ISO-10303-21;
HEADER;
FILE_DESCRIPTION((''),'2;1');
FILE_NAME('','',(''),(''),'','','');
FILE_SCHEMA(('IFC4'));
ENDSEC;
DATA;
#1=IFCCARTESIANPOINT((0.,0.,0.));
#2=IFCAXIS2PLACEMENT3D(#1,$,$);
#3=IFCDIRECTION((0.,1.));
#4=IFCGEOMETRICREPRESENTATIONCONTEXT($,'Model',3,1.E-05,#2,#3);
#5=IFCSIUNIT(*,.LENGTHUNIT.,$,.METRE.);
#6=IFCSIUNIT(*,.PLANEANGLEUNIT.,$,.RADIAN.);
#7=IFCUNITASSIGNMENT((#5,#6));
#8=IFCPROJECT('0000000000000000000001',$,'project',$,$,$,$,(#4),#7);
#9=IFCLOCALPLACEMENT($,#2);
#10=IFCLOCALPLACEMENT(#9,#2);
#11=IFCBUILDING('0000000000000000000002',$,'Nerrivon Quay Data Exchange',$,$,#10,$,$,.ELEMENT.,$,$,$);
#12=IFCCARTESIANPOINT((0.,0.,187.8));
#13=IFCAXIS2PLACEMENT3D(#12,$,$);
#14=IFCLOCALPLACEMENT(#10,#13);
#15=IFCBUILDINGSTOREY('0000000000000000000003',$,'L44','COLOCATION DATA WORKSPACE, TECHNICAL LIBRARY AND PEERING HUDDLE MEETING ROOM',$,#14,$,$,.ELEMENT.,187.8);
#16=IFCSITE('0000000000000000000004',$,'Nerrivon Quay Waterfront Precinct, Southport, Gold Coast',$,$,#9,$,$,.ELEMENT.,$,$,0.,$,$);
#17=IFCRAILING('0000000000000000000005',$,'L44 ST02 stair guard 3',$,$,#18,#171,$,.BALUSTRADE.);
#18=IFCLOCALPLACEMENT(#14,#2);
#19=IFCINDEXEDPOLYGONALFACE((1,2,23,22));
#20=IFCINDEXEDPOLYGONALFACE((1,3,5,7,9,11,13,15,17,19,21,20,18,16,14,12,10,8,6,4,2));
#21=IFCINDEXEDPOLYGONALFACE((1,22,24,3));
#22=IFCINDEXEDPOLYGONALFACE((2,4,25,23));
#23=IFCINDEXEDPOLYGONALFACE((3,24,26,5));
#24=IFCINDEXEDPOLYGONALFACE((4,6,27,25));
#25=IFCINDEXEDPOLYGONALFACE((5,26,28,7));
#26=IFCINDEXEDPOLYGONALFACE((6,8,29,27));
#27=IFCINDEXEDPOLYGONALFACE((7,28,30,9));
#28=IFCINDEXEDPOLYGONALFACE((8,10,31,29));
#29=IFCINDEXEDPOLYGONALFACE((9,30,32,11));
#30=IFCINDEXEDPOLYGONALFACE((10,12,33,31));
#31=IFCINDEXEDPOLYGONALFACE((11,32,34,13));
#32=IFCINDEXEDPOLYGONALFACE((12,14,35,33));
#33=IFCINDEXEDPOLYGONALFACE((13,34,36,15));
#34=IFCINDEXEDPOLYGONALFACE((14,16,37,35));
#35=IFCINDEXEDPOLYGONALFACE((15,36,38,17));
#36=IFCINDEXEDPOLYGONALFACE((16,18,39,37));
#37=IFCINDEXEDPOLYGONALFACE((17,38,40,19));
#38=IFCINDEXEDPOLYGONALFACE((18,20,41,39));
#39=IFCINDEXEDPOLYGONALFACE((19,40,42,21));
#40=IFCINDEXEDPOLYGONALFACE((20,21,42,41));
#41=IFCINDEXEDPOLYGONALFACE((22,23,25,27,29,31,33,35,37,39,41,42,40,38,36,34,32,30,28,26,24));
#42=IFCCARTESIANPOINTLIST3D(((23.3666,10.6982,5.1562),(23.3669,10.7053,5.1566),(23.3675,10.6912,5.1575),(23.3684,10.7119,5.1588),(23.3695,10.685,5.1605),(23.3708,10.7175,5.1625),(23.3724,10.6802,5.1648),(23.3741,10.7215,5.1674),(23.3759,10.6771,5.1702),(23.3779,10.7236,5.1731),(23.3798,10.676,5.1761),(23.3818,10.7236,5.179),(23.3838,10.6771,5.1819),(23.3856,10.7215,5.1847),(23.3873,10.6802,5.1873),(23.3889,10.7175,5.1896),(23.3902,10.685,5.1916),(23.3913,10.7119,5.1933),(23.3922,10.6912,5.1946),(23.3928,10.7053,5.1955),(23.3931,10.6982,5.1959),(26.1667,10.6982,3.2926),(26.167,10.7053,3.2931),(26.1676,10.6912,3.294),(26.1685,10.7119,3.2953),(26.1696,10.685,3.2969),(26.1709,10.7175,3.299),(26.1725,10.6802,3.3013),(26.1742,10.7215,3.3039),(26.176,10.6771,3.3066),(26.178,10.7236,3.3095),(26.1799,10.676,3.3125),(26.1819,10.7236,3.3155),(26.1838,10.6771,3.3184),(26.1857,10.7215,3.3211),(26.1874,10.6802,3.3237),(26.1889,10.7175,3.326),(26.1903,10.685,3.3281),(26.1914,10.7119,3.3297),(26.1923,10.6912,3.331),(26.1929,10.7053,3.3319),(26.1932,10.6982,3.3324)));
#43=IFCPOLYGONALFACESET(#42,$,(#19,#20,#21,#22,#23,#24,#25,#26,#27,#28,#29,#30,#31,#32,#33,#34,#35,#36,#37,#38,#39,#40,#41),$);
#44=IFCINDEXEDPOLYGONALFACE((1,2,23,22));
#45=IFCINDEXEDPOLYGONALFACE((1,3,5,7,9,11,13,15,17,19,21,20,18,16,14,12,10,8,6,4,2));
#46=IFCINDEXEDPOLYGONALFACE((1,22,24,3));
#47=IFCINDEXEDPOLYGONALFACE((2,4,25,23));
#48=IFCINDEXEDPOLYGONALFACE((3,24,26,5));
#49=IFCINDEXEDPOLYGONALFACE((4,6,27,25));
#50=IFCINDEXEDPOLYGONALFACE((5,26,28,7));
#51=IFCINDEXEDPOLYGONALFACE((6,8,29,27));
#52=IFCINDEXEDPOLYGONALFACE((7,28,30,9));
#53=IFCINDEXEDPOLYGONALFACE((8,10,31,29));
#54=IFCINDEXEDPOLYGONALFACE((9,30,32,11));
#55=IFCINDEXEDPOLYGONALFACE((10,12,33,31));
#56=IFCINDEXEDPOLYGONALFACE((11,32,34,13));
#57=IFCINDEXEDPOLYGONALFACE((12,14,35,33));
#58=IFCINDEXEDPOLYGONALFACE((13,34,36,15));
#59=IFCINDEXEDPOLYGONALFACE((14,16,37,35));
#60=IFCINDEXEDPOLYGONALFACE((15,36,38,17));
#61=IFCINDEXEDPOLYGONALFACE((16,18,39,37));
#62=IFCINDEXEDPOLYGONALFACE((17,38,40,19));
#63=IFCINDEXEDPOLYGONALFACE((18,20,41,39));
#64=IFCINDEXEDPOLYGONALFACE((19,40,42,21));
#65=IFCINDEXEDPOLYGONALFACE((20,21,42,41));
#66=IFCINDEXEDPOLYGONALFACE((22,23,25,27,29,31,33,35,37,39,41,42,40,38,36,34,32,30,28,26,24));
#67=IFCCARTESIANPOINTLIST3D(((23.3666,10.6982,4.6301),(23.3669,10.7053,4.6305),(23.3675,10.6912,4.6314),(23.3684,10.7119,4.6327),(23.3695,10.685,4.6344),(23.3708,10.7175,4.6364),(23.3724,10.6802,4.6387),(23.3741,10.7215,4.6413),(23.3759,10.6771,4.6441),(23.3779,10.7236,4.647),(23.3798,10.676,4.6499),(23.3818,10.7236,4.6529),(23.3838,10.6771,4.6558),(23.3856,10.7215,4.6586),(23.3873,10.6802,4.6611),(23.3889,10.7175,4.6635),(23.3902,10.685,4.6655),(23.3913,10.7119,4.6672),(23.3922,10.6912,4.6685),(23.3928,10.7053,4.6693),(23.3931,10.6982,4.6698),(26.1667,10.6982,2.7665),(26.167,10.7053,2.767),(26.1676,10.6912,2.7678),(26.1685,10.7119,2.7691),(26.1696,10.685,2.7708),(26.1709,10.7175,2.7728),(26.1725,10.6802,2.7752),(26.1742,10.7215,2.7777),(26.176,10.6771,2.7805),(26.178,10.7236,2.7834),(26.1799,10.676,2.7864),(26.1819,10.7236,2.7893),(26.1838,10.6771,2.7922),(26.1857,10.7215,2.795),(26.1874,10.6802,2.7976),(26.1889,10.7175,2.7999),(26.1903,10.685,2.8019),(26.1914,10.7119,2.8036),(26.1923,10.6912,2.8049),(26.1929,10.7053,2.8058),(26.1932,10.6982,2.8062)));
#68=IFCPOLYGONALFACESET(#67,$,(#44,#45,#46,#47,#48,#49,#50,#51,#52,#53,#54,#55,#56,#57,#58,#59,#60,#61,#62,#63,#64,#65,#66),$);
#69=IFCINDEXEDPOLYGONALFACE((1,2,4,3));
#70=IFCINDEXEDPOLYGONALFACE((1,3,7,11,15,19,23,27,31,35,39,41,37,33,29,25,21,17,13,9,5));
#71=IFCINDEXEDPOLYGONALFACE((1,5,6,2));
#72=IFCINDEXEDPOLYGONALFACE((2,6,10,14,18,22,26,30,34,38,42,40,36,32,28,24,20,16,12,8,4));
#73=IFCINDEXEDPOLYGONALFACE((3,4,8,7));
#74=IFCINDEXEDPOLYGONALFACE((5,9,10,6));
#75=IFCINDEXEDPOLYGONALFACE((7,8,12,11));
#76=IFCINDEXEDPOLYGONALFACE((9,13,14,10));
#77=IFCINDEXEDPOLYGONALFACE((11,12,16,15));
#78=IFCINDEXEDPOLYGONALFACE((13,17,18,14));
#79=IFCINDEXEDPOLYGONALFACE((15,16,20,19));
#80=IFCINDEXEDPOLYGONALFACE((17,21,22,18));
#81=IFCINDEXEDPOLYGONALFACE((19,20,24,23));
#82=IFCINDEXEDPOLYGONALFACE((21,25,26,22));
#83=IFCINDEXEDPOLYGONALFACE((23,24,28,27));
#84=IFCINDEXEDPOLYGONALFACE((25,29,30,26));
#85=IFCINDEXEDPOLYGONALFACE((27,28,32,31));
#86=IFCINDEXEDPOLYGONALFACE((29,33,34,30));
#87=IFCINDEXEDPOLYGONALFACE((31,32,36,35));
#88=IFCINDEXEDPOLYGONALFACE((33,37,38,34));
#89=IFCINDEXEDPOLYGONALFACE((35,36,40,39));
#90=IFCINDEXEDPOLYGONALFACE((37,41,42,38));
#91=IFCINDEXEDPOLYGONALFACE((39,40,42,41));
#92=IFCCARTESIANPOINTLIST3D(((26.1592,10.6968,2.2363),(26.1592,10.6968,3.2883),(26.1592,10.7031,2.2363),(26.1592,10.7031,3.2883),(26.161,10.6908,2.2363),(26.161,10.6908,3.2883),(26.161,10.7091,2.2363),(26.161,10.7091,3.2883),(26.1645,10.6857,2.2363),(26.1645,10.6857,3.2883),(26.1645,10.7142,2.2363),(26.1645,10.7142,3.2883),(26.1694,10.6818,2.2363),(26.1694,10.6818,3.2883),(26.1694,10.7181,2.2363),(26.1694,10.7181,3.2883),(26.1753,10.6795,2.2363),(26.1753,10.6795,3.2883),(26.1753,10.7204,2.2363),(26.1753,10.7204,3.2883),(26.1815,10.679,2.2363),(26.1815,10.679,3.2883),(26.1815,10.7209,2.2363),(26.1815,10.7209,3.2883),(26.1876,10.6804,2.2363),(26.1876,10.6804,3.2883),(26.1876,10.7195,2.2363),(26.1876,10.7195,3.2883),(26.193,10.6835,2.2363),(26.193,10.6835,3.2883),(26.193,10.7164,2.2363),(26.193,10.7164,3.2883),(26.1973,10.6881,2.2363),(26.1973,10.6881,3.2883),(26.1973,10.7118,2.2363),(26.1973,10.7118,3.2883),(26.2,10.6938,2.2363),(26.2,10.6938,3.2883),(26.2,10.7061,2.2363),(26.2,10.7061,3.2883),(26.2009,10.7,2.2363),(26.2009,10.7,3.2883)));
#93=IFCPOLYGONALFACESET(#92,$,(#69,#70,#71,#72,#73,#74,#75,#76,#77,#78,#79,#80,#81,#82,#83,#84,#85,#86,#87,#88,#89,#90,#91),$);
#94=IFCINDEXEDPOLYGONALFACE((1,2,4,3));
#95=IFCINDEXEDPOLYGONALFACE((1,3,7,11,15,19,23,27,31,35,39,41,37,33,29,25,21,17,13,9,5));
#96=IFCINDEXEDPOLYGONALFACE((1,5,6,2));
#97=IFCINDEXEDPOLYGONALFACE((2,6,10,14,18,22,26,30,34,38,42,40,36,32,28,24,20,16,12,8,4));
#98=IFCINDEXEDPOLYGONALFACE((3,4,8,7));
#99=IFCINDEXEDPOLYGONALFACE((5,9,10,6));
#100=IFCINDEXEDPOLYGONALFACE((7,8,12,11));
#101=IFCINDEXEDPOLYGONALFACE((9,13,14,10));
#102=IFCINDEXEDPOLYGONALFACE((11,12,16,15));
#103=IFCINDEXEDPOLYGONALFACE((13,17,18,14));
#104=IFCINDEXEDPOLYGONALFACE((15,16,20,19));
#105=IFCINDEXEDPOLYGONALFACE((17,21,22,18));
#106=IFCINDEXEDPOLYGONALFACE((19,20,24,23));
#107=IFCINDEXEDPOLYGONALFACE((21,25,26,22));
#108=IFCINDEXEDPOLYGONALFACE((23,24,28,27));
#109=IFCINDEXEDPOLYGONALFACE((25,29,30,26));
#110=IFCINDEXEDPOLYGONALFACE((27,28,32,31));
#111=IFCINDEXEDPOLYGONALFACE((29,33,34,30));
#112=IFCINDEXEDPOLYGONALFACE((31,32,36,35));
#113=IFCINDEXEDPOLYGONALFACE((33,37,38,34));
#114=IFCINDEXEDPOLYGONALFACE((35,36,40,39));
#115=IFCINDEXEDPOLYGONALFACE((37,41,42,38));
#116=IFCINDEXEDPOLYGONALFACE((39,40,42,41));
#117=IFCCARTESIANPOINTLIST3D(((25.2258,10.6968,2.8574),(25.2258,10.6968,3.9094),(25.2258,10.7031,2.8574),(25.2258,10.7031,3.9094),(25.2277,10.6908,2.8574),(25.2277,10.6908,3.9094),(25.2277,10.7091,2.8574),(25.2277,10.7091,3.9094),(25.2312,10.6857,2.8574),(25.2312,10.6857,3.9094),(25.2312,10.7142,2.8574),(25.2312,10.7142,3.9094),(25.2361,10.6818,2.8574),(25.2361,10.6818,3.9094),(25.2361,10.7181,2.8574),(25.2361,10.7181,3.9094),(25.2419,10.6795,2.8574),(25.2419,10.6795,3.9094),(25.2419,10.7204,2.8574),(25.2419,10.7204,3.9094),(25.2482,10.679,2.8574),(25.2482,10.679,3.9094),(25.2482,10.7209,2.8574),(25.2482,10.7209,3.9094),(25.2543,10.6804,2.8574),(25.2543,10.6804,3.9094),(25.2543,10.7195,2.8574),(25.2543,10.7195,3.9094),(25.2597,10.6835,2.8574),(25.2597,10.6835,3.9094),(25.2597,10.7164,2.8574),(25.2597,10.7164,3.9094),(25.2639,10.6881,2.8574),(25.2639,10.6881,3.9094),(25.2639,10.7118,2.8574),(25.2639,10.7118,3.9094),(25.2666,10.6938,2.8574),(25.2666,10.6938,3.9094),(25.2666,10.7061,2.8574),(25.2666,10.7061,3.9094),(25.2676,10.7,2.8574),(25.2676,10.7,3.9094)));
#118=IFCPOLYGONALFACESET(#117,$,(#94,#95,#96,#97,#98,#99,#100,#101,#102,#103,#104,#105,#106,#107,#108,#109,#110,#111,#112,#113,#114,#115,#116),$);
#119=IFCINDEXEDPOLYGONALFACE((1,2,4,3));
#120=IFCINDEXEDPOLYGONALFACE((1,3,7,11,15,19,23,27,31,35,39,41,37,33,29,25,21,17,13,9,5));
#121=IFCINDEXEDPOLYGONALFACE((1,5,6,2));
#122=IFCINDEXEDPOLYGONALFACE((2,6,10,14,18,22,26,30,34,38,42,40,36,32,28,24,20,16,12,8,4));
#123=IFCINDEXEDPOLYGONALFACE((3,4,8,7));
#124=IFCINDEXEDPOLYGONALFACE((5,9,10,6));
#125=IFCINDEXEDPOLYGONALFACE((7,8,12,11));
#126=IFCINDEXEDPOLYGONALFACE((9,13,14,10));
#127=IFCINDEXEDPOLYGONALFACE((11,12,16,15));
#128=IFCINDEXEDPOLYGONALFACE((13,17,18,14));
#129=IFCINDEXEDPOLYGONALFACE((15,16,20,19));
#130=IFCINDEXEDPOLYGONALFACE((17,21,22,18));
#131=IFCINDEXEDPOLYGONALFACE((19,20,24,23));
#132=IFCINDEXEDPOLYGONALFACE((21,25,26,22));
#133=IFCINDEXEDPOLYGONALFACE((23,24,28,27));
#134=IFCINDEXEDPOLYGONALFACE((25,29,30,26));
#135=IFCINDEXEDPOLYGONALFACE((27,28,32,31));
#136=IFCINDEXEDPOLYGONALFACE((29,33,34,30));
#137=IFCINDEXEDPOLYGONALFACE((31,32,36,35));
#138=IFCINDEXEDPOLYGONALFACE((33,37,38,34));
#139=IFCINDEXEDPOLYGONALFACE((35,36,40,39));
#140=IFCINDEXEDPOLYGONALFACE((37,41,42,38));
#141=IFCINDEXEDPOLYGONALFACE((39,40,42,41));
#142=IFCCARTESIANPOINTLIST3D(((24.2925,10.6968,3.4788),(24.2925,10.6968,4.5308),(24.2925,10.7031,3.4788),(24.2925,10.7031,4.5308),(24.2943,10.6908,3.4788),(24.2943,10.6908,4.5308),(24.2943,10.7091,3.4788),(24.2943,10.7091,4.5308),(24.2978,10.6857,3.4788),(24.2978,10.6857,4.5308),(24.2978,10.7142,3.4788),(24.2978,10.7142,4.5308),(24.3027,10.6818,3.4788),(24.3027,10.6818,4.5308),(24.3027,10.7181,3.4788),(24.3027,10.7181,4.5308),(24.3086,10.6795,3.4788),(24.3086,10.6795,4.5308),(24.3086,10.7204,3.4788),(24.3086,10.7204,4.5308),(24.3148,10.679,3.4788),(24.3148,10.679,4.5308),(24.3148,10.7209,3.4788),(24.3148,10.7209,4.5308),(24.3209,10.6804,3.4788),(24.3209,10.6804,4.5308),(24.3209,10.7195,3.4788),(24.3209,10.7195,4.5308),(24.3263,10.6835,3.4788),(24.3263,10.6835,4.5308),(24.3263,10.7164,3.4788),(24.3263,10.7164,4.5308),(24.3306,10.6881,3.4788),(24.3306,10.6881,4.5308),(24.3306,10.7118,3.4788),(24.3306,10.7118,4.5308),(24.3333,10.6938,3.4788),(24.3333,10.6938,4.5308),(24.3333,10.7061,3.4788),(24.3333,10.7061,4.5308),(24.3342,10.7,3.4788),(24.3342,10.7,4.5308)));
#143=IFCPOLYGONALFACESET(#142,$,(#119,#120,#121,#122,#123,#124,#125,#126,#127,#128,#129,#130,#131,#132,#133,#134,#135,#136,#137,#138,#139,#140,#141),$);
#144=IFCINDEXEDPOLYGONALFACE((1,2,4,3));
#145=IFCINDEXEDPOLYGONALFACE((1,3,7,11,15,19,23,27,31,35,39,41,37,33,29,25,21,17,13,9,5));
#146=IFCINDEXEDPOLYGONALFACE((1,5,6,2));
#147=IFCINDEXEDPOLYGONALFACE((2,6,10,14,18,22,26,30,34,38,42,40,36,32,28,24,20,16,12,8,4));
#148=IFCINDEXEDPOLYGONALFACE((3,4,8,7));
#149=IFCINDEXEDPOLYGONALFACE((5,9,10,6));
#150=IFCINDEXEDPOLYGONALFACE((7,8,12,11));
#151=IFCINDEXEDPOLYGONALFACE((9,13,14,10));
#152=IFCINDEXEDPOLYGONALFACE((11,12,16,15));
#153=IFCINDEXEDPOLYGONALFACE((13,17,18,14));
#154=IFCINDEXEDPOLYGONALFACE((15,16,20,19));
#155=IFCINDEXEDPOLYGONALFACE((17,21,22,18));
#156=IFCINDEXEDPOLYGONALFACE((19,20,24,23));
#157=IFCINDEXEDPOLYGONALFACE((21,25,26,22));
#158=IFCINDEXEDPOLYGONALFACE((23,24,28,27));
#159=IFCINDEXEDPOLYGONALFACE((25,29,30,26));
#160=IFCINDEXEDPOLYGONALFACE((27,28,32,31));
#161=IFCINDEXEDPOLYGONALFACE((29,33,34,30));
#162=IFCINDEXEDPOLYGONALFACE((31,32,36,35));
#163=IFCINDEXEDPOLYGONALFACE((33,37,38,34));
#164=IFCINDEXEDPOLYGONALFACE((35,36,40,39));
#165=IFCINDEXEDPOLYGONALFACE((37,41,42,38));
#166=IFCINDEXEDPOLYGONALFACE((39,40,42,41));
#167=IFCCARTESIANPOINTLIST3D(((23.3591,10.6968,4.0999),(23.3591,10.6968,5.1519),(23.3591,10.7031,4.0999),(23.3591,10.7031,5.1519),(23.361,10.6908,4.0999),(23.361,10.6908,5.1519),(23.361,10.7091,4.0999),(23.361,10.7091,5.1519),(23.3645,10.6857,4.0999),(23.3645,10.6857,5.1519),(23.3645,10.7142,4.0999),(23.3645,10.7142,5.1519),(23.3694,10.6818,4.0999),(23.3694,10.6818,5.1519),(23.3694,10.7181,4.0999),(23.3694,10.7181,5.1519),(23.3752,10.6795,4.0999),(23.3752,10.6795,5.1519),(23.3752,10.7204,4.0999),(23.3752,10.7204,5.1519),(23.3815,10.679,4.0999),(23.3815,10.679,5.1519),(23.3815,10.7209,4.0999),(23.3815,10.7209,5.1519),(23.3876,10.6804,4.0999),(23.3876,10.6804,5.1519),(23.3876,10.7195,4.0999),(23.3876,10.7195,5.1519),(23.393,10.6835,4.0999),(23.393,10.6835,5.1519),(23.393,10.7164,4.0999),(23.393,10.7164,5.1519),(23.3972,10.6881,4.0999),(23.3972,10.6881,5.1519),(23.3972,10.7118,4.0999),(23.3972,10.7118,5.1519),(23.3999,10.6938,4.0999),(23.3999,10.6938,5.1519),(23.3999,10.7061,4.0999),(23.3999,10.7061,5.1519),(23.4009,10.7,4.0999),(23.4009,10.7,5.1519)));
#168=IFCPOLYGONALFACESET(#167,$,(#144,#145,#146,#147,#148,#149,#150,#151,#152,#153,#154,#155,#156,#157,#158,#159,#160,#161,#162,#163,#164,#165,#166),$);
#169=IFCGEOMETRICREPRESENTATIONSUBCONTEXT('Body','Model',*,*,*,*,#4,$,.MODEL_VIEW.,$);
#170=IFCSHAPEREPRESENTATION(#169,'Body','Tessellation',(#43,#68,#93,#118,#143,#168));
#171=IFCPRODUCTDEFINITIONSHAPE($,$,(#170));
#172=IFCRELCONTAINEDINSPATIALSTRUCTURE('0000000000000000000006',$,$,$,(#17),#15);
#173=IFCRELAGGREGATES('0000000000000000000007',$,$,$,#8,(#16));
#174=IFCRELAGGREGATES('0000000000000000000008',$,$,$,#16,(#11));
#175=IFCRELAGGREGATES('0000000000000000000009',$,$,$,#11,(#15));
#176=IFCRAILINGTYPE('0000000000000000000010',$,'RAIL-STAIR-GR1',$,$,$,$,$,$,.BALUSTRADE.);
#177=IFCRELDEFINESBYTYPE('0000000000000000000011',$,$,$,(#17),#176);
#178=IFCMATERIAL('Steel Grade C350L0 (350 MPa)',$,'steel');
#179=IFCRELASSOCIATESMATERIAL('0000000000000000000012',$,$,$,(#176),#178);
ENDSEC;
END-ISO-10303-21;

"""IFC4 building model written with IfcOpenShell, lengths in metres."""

from ifc_helpers import new_model, si_unit, direction, frame, origin, origin_2d, place, context, subcontext, project, spatial, circle, extrude, material, type_object, element, save


model = new_model("IFC4")

# Units and contexts
model_context = context("Model", 3, precision=1e-05, world=origin(), true_north=direction((0.0, 1.0)))
body_context = subcontext(model_context, "Body", "Model", "MODEL_VIEW")
ifc_project = project(units=[si_unit("LENGTHUNIT", "METRE"), si_unit("PLANEANGLEUNIT", "RADIAN")], contexts=[model_context])

# Site, building, storey
site_placement = place(None, origin())
site = spatial("IfcSite", under=ifc_project, at=site_placement, Name="Nerrivon Quay Waterfront Precinct, Southport, Gold Coast", CompositionType="ELEMENT", RefElevation=0.0)
building_placement = place(site_placement, origin())
building = spatial("IfcBuilding", under=site, at=building_placement, Name="Nerrivon Quay Data Exchange", CompositionType="ELEMENT")
storey_placement = place(building_placement, frame((0.0, 0.0, 187.8)))
storey = spatial("IfcBuildingStorey", under=building, at=storey_placement, Name="L44", Description="COLOCATION DATA WORKSPACE, TECHNICAL LIBRARY AND PEERING HUDDLE MEETING ROOM", CompositionType="ELEMENT", Elevation=187.8)

# Shared definitions
ifc_material_1 = material(Name="Steel Grade C350L0 (350 MPa)", Category="steel")

# Railing
railing_type_1 = type_object("IfcRailingType", Name="RAIL-STAIR-GR1", PredefinedType="BALUSTRADE", material=ifc_material_1)
railing_1_placement = place(storey_placement, frame((26.1799, 10.7, 2.2363)))
element("IfcRailing", 1, at=railing_1_placement, inside=storey, type_object=railing_type_1, Name="L44 ST02 stair guard 3", PredefinedType="BALUSTRADE", context=body_context, shape_type="SweptSolid", body=[
    extrude(circle(Radius=0.0239, at=origin_2d()), frame((0.0, 0.0, 1.0762), z_axis=(-0.832486, 0.0, 0.554047), x_axis=(0.0, -1.0, 0.0)), (0.0, 0.0, 1.0), 3.3635),
    extrude(circle(Radius=0.0239, at=origin_2d()), frame((0.0, 0.0, 0.55), z_axis=(-0.832486, 0.0, 0.554047), x_axis=(0.0, -1.0, 0.0)), (0.0, 0.0, 1.0), 3.3635),
    extrude(circle(Radius=0.021, at=origin_2d()), origin(), (0.0, 0.0, 1.0), 1.052),
    extrude(circle(Radius=0.021, at=origin_2d()), frame((-0.9333, 0.0, 0.6211)), (0.0, 0.0, 1.0), 1.052),
    extrude(circle(Radius=0.021, at=origin_2d()), frame((-1.8667, 0.0, 1.2424)), (0.0, 0.0, 1.0), 1.052),
    extrude(circle(Radius=0.021, at=origin_2d()), frame((-2.8, 0.0, 1.8635)), (0.0, 0.0, 1.0), 1.052),
])

save(model, "model.ifc")
